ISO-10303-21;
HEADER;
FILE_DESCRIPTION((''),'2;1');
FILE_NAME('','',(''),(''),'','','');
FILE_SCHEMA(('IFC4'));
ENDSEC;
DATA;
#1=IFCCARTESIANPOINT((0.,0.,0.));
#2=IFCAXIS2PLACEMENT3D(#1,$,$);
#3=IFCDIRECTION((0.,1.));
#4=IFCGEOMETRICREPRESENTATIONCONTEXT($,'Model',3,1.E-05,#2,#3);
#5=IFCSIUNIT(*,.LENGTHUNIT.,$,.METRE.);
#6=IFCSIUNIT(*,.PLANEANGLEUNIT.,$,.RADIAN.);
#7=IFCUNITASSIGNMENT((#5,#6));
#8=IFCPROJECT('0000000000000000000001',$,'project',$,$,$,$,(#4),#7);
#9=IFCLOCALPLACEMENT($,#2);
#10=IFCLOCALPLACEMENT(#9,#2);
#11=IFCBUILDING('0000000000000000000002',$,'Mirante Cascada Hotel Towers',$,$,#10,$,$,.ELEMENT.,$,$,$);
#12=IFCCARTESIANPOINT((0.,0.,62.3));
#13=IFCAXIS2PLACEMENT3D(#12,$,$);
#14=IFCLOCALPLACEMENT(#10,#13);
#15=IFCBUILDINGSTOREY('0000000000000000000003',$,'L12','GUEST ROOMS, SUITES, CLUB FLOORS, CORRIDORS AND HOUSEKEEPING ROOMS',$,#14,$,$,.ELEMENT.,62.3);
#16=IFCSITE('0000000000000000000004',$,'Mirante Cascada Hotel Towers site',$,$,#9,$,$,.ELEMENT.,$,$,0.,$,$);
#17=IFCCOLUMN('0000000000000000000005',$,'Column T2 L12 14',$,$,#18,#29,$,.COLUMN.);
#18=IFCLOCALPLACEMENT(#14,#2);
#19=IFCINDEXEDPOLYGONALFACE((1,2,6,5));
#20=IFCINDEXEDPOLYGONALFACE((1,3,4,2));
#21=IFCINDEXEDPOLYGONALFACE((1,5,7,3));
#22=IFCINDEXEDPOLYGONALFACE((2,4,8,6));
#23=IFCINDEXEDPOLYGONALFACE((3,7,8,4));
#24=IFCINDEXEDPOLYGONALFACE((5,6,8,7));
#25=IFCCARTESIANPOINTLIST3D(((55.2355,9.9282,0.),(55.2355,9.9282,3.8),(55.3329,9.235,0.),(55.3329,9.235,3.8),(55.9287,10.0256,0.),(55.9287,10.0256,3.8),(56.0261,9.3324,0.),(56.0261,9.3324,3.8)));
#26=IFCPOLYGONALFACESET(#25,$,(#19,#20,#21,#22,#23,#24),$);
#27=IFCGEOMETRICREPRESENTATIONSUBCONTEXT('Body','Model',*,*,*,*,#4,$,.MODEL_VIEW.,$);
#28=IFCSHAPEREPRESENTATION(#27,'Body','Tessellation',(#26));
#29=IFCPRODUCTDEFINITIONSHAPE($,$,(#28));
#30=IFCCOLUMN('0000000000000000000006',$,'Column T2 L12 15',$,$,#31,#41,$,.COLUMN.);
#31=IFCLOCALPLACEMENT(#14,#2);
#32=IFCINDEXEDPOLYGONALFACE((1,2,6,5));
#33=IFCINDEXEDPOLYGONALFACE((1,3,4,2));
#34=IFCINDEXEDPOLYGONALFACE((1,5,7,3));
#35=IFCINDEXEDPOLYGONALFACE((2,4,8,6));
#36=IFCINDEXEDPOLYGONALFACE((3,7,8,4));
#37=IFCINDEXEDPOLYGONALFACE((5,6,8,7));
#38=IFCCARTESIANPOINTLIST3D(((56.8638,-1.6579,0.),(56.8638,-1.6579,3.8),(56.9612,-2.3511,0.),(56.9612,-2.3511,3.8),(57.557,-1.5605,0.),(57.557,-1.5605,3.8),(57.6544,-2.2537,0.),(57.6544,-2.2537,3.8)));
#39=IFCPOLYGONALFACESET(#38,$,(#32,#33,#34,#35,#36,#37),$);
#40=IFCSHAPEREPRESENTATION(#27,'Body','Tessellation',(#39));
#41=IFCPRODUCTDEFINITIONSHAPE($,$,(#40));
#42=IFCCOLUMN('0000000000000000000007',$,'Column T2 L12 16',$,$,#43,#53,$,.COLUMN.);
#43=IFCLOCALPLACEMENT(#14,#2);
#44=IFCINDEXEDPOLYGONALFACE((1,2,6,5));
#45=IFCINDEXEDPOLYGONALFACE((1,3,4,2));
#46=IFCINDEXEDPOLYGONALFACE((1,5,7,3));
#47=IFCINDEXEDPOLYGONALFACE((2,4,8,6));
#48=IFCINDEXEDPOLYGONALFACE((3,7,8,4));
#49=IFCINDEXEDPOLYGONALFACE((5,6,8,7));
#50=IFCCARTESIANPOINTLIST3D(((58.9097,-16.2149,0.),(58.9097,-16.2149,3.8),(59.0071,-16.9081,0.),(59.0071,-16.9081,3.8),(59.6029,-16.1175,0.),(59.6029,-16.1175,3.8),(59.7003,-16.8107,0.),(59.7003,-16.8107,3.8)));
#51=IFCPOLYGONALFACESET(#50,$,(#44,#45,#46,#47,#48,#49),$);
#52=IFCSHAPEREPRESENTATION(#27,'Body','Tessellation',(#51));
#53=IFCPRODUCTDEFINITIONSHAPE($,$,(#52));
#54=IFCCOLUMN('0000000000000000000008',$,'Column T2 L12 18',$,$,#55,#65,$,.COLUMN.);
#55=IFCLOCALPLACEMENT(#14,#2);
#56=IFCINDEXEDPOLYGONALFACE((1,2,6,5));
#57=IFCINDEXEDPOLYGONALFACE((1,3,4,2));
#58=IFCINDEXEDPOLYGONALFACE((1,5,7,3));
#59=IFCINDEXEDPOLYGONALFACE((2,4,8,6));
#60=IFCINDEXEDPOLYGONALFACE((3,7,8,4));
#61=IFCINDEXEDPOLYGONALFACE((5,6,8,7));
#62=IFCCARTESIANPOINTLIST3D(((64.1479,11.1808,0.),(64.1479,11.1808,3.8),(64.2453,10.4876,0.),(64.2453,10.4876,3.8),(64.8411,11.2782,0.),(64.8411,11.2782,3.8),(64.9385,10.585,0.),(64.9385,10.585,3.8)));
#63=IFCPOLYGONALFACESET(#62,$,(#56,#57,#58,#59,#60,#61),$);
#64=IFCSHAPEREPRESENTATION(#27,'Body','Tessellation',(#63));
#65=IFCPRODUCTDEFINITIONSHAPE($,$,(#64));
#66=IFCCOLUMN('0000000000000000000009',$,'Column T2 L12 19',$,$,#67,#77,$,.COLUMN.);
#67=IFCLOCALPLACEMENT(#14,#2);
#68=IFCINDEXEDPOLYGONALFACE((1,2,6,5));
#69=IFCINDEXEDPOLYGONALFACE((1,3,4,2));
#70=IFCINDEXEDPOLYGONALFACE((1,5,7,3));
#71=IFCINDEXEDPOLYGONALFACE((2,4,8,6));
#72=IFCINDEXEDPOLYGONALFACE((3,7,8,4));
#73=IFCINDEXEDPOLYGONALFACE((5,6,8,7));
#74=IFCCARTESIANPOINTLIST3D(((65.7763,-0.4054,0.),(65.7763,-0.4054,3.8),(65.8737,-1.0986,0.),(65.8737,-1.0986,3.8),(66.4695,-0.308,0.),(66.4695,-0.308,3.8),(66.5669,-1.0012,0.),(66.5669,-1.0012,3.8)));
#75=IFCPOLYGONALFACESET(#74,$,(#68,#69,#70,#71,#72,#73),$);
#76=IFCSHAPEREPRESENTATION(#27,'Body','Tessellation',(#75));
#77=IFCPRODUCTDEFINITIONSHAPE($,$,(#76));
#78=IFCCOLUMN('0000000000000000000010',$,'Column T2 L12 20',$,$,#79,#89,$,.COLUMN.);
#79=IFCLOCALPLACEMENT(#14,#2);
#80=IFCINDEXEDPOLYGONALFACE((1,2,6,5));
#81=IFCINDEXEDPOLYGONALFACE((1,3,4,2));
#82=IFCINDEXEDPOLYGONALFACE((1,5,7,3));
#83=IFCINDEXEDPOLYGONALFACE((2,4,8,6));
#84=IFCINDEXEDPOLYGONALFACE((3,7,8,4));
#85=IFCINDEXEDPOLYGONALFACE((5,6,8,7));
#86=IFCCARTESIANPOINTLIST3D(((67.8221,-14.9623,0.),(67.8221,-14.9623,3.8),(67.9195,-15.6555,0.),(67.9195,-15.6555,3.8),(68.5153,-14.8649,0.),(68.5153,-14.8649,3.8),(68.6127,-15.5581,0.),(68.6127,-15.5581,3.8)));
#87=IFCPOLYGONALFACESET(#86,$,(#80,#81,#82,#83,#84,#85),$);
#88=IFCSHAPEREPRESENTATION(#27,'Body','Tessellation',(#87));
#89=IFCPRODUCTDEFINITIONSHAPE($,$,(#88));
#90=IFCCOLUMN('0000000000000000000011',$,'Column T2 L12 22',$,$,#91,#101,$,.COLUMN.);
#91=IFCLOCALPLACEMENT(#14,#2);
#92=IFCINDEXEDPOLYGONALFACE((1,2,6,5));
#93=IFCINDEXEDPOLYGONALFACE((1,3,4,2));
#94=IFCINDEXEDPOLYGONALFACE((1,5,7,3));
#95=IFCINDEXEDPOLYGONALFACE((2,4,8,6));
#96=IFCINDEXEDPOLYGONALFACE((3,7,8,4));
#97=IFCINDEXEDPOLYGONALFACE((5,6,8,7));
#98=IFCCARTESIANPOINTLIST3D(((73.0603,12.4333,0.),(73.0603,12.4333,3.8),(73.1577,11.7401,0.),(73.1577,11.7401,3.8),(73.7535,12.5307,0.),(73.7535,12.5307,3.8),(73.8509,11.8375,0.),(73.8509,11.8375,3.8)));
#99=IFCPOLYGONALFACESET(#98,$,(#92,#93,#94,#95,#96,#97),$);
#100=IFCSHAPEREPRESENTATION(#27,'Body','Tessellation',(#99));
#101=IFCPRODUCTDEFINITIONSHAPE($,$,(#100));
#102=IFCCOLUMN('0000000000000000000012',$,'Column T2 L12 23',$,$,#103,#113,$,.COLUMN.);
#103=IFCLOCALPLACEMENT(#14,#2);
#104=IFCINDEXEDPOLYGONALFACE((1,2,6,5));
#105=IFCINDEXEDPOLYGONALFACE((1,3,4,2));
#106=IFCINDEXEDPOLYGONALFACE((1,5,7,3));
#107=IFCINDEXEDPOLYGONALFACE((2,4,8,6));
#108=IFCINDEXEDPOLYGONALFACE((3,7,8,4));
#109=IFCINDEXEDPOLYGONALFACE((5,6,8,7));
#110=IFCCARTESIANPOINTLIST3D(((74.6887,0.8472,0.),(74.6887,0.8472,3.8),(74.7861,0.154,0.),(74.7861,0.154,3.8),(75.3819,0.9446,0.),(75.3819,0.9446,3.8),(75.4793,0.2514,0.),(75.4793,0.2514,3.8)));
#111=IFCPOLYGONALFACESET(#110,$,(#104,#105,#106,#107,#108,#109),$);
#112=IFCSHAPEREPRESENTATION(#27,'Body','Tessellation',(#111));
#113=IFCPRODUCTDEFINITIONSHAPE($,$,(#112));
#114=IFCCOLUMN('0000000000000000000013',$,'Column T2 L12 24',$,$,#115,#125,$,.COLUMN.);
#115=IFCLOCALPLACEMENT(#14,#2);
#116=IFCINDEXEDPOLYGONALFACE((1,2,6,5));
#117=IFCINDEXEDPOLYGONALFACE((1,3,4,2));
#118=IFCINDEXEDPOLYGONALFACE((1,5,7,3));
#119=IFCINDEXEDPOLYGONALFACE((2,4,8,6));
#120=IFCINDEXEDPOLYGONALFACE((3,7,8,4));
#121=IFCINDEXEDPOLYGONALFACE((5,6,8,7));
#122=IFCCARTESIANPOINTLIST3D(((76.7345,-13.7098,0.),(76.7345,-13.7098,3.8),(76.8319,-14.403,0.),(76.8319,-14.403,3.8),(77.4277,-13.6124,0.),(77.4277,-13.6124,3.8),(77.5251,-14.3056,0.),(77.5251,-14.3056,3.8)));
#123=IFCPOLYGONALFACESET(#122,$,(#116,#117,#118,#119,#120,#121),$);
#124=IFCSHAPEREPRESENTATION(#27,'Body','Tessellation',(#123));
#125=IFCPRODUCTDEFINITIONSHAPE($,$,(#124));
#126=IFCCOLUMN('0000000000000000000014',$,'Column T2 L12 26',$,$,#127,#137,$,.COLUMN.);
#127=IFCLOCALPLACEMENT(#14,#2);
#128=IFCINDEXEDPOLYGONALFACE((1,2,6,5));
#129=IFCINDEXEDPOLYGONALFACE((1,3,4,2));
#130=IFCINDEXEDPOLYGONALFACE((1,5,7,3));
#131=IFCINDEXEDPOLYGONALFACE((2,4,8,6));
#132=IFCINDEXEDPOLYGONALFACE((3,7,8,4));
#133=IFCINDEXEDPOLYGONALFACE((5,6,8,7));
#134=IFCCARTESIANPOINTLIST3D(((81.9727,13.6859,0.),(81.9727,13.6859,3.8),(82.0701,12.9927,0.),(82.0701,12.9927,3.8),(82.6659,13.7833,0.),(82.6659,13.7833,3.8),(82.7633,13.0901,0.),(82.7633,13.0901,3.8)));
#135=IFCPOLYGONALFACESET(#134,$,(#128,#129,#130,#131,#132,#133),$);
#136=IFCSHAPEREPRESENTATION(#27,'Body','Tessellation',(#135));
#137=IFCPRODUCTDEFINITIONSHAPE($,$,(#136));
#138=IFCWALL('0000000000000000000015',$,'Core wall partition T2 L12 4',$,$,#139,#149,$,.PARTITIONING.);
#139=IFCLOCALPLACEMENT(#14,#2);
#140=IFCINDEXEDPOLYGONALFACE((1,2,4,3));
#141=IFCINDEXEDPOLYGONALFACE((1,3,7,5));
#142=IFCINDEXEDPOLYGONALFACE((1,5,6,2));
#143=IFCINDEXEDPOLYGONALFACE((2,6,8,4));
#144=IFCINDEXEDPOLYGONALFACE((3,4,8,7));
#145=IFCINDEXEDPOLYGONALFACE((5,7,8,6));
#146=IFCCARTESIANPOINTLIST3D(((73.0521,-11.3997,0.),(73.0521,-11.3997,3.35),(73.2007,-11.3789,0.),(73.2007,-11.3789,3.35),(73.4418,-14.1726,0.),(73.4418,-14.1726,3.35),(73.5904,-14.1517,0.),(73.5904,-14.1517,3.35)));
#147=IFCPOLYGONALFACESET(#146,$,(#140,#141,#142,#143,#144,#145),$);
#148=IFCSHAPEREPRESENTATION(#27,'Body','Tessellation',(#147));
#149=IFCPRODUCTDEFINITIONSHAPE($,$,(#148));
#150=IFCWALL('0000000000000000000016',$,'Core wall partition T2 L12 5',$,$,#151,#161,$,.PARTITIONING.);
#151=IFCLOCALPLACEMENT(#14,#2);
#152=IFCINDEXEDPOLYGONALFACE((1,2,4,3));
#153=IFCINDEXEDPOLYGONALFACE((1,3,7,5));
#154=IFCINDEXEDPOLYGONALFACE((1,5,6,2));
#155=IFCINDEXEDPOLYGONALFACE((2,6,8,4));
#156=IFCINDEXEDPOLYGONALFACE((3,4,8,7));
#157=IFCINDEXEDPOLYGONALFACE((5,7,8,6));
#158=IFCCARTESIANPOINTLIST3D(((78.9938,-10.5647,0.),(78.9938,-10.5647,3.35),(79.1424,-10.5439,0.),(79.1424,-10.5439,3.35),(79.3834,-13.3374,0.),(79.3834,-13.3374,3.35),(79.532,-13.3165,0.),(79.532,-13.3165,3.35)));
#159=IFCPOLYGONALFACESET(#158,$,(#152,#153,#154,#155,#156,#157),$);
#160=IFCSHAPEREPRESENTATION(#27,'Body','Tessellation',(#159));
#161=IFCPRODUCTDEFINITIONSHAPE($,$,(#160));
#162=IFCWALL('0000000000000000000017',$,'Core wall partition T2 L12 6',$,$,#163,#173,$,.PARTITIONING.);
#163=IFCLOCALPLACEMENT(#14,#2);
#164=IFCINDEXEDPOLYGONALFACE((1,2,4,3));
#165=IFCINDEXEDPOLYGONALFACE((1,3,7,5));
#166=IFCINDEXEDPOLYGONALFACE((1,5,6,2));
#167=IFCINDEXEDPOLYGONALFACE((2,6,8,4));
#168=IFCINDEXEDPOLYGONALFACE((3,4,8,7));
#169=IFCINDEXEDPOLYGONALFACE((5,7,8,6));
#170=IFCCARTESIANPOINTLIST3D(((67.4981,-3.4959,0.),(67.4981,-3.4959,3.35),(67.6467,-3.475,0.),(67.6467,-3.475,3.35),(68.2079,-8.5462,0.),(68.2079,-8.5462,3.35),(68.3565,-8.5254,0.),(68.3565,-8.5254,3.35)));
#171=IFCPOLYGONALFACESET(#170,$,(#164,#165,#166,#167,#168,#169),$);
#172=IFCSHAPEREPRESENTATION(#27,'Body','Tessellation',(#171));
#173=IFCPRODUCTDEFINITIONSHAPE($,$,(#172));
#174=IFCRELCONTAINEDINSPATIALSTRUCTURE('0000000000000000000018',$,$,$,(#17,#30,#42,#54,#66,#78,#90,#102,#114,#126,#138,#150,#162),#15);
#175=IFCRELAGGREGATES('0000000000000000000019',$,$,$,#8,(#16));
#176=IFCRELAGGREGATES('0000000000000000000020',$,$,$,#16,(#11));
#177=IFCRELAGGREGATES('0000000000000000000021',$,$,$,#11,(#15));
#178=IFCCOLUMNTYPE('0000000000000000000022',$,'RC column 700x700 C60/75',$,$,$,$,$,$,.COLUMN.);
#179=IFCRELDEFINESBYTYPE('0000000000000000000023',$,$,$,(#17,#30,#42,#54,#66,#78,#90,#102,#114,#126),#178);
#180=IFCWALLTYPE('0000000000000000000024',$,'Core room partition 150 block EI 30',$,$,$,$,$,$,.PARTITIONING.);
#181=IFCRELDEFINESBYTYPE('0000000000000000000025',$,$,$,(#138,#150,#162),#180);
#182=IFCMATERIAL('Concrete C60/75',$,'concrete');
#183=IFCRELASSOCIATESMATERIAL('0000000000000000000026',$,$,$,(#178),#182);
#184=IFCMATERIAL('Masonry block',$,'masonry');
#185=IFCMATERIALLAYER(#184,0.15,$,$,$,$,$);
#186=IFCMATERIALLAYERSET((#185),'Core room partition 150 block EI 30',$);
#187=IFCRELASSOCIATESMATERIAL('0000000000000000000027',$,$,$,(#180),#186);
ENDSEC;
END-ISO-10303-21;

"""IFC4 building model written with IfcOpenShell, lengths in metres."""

from ifc_helpers import new_model, si_unit, direction, frame, frame_2d, origin, origin_2d, place, context, subcontext, project, spatial, rectangle, extrude, material, layer, layer_set, material_profile, profile_set, type_object, element, save


model = new_model("IFC4")

# Units and contexts
model_context = context("Model", 3, precision=1e-05, world=origin(), true_north=direction((0.0, 1.0)))
body_context = subcontext(model_context, "Body", "Model", "MODEL_VIEW")
ifc_project = project(units=[si_unit("LENGTHUNIT", "METRE"), si_unit("PLANEANGLEUNIT", "RADIAN")], contexts=[model_context])

# Site, building, storey
site_placement = place(None, origin())
site = spatial("IfcSite", under=ifc_project, at=site_placement, Name="Mirante Cascada Hotel Towers site", CompositionType="ELEMENT", RefElevation=0.0)
building_placement = place(site_placement, origin())
building = spatial("IfcBuilding", under=site, at=building_placement, Name="Mirante Cascada Hotel Towers", CompositionType="ELEMENT")
storey_placement = place(building_placement, frame((0.0, 0.0, 62.3)))
storey = spatial("IfcBuildingStorey", under=building, at=storey_placement, Name="L12", Description="GUEST ROOMS, SUITES, CLUB FLOORS, CORRIDORS AND HOUSEKEEPING ROOMS", CompositionType="ELEMENT", Elevation=62.3)

# Columns
ifc_material_1 = material(Name="Concrete C60/75", Category="concrete")
ifc_material_profile = material_profile(ifc_material_1, rectangle(XDim=0.7, YDim=0.7, at=origin_2d()), Name="RC column 700x700 C60/75")
ifc_profile_set = profile_set([ifc_material_profile], Name="Concrete C60/75")
column_type = type_object("IfcColumnType", Name="RC column 700x700 C60/75", PredefinedType="COLUMN", material=ifc_profile_set)
for number, where, z_axis, x_axis, name in (
    (1, (55.6308, 9.6303, 0.0), (0.0, 0.0, 1.0), (0.990268, 0.139173, 0.0), "Column T2 L12 14"),
    (2, (57.2591, -1.9558, 0.0), (0.0, 0.0, 1.0), (0.990268, 0.139173, 0.0), "Column T2 L12 15"),
    (3, (59.305, -16.5128, 0.0), (0.0, 0.0, 1.0), (0.990268, 0.139173, 0.0), "Column T2 L12 16"),
    (4, (64.5432, 10.8829, 0.0), (0.0, 0.0, 1.0), (0.990268, 0.139173, 0.0), "Column T2 L12 18"),
    (5, (66.1716, -0.7033, 0.0), (0.0, 0.0, 1.0), (0.990268, 0.139173, 0.0), "Column T2 L12 19"),
    (6, (68.2174, -15.2602, 0.0), (0.0, 0.0, 1.0), (0.990268, 0.139173, 0.0), "Column T2 L12 20"),
    (7, (73.4556, 12.1354, 0.0), (0.0, 0.0, 1.0), (0.990268, 0.139173, 0.0), "Column T2 L12 22"),
    (8, (75.084, 0.5493, 0.0), (0.0, 0.0, 1.0), (0.990268, 0.139173, 0.0), "Column T2 L12 23"),
    (9, (77.1298, -14.0077, 0.0), (0.0, 0.0, 1.0), (0.990268, 0.139173, 0.0), "Column T2 L12 24"),
    (10, (82.368, 13.388, 0.0), (0.0, 0.0, 1.0), (0.990268, 0.139173, 0.0), "Column T2 L12 26"),
):
    element("IfcColumn", number, at=place(storey_placement, frame(where, z_axis=z_axis, x_axis=x_axis)), inside=storey, type_object=column_type, Name=name, PredefinedType="COLUMN", context=body_context, shape_type="SweptSolid", body=[
        extrude(rectangle(XDim=0.7, YDim=0.7, at=origin_2d()), origin(), (0.0, 0.0, 1.0), 3.8),
    ])

# Walls
ifc_material_2 = material(Name="Masonry block", Category="masonry")
ifc_layer_1 = layer(ifc_material_2, 0.15)
ifc_layer_set_1 = layer_set([ifc_layer_1], Name="Core room partition 150 block EI 30")
wall_type_1 = type_object("IfcWallType", Name="Core room partition 150 block EI 30", PredefinedType="PARTITIONING", material=ifc_layer_set_1)
wall_1_placement = place(storey_placement, frame((73.5161, -14.1621, 0.0), z_axis=(0.0, 0.0, 1.0), x_axis=(-0.139176, 0.990268, 0.0)))
element("IfcWall", 11, at=wall_1_placement, inside=storey, type_object=wall_type_1, Name="Core wall partition T2 L12 4", PredefinedType="PARTITIONING", context=body_context, shape_type="SweptSolid", body=[
    extrude(rectangle(XDim=2.8001, YDim=0.15, at=frame_2d((1.4, 0.0))), origin(), (0.0, 0.0, 1.0), 3.35),
])
wall_2_placement = place(storey_placement, frame((79.4577, -13.327, 0.0), z_axis=(0.0, 0.0, 1.0), x_axis=(-0.139146, 0.990272, 0.0)))
element("IfcWall", 12, at=wall_2_placement, inside=storey, type_object=wall_type_1, Name="Core wall partition T2 L12 5", PredefinedType="PARTITIONING", context=body_context, shape_type="SweptSolid", body=[
    extrude(rectangle(XDim=2.7999, YDim=0.15, at=frame_2d((1.4, 0.0))), origin(), (0.0, 0.0, 1.0), 3.35),
])
wall_3_placement = place(storey_placement, frame((68.2822, -8.5358, 0.0), z_axis=(0.0, 0.0, 1.0), x_axis=(-0.139176, 0.990268, 0.0)))
element("IfcWall", 13, at=wall_3_placement, inside=storey, type_object=wall_type_1, Name="Core wall partition T2 L12 6", PredefinedType="PARTITIONING", context=body_context, shape_type="SweptSolid", body=[
    extrude(rectangle(XDim=5.1, YDim=0.15, at=frame_2d((2.55, 0.0))), origin(), (0.0, 0.0, 1.0), 3.35),
])

save(model, "model.ifc")
